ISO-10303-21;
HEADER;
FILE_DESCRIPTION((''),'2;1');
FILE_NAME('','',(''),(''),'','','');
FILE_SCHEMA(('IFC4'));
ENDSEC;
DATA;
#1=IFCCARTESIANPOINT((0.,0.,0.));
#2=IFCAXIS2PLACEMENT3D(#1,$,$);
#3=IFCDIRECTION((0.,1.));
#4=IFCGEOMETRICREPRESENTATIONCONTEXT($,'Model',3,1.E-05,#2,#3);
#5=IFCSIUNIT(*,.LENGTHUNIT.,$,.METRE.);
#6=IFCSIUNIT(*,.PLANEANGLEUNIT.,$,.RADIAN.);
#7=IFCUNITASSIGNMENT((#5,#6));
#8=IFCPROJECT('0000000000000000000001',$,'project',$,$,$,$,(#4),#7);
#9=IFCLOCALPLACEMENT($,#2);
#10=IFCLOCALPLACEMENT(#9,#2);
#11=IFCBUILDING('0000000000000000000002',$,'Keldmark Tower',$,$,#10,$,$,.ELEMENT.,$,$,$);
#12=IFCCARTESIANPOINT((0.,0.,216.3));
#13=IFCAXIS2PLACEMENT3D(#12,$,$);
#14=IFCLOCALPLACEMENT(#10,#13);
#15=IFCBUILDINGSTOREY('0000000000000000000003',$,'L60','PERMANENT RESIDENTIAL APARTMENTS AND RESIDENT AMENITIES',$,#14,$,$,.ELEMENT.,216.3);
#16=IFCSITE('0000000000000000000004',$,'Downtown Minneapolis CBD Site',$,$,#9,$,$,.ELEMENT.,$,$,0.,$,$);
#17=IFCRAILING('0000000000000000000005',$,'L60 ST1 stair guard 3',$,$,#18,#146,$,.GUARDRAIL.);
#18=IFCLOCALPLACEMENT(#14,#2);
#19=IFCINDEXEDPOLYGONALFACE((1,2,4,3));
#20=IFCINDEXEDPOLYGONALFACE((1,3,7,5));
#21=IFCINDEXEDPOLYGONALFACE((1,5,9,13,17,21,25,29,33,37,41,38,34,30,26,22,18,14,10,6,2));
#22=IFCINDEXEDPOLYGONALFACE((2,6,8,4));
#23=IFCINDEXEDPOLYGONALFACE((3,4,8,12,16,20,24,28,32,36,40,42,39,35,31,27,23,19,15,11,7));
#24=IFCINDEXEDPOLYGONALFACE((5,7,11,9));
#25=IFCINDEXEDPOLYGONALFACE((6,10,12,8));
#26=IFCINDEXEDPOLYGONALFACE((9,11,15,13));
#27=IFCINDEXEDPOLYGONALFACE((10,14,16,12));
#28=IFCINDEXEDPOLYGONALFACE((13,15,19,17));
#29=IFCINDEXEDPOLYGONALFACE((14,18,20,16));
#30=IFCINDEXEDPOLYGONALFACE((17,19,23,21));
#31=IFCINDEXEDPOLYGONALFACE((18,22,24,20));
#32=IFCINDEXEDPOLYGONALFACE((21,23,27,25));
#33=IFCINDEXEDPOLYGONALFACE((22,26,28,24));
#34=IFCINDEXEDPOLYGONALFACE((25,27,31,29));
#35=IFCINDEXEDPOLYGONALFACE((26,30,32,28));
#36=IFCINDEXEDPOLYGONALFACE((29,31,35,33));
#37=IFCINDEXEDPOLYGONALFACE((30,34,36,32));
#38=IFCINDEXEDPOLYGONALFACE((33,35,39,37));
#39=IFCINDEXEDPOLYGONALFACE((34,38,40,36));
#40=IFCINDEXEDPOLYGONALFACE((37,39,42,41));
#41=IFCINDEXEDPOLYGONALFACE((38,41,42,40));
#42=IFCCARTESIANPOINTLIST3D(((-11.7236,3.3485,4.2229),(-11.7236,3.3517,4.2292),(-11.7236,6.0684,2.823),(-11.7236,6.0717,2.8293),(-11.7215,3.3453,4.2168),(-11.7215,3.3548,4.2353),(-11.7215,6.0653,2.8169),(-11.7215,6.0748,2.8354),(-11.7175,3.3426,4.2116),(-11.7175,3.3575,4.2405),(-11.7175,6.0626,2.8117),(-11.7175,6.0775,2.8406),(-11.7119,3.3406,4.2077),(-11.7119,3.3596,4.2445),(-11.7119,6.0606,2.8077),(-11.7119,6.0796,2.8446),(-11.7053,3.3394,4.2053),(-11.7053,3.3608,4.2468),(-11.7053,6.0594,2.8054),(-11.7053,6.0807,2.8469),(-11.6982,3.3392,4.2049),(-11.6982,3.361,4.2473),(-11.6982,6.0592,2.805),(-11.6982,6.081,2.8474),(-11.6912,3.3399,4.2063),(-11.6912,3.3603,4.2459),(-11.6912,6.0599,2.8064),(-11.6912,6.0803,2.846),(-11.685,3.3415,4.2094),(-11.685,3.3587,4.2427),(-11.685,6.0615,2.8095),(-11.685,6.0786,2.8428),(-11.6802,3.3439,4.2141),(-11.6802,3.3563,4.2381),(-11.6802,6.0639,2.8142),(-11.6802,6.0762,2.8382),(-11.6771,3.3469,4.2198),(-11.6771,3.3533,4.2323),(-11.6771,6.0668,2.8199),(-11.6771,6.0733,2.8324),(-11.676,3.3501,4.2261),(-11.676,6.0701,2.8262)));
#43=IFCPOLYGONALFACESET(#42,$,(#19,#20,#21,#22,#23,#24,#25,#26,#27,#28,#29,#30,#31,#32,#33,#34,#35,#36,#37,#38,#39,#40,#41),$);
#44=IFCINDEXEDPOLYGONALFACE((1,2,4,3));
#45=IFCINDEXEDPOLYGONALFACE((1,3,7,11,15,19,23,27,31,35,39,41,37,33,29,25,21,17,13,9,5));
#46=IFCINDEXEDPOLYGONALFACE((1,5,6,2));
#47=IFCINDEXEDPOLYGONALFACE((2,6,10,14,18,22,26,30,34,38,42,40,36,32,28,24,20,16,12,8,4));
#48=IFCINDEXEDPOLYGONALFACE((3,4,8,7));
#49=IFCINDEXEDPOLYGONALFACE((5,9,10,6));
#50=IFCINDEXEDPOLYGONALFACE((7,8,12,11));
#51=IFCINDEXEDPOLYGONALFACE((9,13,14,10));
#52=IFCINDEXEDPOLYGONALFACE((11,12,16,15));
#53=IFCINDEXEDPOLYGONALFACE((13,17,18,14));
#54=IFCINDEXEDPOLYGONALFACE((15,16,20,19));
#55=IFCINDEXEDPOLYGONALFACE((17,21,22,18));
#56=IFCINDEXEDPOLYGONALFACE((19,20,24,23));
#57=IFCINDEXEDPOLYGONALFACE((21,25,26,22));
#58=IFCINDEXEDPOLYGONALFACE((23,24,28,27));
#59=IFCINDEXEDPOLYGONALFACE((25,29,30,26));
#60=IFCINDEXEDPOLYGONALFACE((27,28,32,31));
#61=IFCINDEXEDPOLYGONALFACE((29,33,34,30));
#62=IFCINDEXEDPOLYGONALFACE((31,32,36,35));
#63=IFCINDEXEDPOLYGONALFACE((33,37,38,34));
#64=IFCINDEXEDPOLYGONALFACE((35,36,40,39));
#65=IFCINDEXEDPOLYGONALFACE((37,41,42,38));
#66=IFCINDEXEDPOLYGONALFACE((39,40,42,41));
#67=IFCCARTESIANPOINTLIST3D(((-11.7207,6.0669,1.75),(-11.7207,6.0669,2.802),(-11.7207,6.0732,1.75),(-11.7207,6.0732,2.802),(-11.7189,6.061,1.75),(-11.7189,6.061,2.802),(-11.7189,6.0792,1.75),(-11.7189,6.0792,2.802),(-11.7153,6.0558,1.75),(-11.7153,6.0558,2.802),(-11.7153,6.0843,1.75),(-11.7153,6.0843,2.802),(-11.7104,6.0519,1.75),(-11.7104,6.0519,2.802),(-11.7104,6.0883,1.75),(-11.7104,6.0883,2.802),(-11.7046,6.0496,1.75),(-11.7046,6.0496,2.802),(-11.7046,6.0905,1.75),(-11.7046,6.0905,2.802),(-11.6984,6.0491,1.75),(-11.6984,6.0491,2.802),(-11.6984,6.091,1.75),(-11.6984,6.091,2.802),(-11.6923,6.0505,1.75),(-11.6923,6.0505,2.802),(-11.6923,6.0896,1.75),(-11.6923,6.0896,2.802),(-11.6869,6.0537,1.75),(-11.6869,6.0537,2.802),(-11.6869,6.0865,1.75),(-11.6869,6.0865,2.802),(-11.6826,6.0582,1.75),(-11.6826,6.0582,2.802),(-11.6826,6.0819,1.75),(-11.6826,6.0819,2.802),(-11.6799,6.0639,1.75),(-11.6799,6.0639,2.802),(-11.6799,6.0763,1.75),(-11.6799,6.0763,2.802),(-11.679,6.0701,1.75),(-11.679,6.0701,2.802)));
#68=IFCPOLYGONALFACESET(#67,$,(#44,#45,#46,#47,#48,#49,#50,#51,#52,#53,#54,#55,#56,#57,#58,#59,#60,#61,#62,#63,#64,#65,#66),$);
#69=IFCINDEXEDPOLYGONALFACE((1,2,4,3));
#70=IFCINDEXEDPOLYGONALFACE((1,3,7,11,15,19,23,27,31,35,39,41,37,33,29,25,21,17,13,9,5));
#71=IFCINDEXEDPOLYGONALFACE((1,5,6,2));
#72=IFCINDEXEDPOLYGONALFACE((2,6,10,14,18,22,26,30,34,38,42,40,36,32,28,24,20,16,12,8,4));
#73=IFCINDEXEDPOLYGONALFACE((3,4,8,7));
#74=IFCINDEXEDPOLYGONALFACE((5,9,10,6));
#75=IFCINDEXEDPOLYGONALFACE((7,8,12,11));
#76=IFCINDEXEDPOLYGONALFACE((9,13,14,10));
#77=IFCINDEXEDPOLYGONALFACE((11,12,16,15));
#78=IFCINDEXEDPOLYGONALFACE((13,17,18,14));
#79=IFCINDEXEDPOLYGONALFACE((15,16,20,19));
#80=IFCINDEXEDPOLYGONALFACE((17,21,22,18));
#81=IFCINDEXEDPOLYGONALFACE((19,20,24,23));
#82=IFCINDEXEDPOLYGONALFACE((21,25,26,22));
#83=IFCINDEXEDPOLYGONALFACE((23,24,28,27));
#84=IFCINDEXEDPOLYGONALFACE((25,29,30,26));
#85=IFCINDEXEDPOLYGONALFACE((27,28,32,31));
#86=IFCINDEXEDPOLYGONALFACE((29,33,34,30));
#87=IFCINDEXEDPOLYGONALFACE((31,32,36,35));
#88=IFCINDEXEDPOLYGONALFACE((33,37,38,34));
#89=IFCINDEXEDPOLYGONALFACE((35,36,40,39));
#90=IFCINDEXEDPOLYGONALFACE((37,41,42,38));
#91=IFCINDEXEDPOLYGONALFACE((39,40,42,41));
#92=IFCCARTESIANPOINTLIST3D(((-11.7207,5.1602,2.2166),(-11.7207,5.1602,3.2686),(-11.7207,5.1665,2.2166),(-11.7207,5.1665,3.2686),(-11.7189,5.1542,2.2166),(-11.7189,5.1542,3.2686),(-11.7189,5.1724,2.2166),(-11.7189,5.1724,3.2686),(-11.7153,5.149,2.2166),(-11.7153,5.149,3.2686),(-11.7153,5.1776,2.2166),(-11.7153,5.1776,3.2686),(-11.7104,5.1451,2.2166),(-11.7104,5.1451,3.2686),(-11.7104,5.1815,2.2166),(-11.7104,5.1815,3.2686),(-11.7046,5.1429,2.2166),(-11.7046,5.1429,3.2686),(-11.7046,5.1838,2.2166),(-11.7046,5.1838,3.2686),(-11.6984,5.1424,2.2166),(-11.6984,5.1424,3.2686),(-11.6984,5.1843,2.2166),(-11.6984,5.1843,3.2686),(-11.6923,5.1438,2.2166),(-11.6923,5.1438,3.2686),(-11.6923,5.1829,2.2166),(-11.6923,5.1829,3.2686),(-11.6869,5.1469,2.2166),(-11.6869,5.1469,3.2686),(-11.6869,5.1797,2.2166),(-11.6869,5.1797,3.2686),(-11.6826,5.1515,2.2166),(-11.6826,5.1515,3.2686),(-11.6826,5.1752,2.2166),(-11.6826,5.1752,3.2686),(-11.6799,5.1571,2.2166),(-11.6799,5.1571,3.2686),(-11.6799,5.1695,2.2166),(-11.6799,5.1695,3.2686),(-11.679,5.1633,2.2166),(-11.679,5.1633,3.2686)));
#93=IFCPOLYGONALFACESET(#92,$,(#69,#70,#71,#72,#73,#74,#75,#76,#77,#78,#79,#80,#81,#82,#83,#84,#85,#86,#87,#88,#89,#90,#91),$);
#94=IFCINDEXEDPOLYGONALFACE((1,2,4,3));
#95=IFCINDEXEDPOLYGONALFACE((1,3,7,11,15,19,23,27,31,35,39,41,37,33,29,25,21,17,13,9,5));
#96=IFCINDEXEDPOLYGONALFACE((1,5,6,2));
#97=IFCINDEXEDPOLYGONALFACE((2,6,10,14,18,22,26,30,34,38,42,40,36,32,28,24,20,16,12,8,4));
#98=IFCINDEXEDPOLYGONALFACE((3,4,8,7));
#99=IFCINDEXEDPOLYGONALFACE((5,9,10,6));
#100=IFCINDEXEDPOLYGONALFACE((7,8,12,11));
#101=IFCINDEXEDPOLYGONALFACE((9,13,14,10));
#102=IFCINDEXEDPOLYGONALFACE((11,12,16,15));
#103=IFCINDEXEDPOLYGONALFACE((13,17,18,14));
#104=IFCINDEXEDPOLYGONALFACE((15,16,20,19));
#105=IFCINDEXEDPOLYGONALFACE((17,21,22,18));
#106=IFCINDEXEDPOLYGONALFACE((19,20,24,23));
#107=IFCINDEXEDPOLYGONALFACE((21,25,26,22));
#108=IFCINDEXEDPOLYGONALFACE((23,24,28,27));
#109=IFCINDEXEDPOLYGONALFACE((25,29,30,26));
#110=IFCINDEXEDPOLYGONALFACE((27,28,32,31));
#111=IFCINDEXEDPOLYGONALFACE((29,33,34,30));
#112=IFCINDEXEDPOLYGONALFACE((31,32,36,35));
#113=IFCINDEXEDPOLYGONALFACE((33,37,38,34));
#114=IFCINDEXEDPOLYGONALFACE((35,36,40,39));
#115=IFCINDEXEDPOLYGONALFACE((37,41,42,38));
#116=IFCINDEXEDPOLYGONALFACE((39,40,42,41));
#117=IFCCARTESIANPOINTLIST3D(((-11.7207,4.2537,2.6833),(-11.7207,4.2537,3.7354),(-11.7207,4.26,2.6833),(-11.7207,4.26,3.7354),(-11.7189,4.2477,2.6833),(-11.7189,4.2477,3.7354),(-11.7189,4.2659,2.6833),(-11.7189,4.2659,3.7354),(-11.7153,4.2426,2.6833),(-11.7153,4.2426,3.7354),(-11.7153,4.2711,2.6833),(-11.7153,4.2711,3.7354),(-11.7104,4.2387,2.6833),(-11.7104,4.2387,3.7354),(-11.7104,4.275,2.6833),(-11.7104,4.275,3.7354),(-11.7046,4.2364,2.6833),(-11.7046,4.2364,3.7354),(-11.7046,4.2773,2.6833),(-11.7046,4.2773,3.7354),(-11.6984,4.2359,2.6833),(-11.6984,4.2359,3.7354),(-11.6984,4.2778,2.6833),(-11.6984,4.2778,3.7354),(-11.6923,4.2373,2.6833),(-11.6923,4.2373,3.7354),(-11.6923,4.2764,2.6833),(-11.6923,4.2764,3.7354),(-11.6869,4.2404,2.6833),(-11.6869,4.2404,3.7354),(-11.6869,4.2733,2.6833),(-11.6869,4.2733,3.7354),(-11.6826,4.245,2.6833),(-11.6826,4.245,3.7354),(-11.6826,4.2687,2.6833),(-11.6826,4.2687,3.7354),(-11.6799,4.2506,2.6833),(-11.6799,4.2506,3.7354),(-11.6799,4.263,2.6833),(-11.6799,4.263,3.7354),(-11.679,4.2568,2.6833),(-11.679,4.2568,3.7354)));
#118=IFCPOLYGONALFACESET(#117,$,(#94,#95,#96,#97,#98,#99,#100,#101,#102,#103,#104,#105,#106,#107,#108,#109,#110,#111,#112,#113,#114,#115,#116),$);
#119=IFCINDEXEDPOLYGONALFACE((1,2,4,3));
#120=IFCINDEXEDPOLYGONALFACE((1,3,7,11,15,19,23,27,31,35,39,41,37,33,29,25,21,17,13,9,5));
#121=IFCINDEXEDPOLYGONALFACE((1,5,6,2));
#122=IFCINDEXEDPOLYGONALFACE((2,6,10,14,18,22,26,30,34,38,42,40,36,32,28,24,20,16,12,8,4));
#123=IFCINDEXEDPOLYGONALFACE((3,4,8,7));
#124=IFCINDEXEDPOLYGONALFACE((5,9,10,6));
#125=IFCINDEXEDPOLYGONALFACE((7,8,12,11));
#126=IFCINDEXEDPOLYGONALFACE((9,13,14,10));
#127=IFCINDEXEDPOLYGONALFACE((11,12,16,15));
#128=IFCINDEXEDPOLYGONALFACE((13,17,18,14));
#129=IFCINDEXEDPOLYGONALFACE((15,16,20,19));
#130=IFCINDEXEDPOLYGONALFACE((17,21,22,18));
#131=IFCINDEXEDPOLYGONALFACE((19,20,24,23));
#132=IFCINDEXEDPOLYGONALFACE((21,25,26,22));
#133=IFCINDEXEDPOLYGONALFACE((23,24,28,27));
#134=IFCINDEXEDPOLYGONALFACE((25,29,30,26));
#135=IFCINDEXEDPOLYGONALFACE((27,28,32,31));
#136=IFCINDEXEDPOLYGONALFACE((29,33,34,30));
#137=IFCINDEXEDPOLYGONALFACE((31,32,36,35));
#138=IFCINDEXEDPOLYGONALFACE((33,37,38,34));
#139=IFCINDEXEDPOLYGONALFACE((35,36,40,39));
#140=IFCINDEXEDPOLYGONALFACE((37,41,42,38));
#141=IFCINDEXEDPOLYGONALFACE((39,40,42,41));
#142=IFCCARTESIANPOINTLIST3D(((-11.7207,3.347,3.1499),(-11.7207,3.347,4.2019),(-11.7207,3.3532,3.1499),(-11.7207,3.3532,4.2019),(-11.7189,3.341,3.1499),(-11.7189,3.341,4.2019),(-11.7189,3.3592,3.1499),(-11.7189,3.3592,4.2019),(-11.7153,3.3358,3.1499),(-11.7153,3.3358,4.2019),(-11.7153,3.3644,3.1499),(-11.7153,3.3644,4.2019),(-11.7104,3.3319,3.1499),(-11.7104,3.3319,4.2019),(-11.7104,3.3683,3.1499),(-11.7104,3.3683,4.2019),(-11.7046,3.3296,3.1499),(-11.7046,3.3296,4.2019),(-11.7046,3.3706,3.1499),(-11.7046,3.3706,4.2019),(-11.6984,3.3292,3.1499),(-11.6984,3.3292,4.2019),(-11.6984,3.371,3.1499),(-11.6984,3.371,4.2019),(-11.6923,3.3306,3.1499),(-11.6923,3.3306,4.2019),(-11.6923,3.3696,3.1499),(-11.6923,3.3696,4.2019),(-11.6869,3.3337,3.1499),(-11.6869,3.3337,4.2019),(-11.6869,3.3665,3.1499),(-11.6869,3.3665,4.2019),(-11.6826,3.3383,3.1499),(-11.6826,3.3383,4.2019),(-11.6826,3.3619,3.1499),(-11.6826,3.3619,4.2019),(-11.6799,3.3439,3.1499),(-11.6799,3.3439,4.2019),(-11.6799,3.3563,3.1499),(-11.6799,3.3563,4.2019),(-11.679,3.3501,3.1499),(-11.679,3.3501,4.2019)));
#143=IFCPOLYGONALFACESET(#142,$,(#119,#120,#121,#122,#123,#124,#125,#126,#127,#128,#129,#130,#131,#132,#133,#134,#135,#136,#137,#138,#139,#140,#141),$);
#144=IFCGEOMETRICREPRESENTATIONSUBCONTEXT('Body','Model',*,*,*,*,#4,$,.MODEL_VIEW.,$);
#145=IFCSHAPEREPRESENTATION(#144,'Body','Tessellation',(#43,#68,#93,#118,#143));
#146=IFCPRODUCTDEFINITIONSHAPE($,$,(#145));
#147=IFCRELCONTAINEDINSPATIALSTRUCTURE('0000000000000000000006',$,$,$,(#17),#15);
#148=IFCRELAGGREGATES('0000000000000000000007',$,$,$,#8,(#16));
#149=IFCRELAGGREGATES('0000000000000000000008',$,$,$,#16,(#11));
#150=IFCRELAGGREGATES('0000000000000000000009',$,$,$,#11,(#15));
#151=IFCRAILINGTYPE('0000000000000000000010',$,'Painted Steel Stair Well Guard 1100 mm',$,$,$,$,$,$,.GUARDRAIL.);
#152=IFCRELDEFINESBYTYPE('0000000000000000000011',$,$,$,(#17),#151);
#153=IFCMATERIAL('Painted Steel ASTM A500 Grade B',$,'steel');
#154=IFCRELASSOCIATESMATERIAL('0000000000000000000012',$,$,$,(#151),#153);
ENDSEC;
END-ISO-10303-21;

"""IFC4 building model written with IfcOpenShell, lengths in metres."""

from ifc_helpers import new_model, si_unit, direction, frame, origin, origin_2d, place, context, subcontext, project, spatial, circle, extrude, material, type_object, element, save


model = new_model("IFC4")

# Units and contexts
model_context = context("Model", 3, precision=1e-05, world=origin(), true_north=direction((0.0, 1.0)))
body_context = subcontext(model_context, "Body", "Model", "MODEL_VIEW")
ifc_project = project(units=[si_unit("LENGTHUNIT", "METRE"), si_unit("PLANEANGLEUNIT", "RADIAN")], contexts=[model_context])

# Site, building, storey
site_placement = place(None, origin())
site = spatial("IfcSite", under=ifc_project, at=site_placement, Name="Downtown Minneapolis CBD Site", CompositionType="ELEMENT", RefElevation=0.0)
building_placement = place(site_placement, origin())
building = spatial("IfcBuilding", under=site, at=building_placement, Name="Keldmark Tower", CompositionType="ELEMENT")
storey_placement = place(building_placement, frame((0.0, 0.0, 216.3)))
storey = spatial("IfcBuildingStorey", under=building, at=storey_placement, Name="L60", Description="PERMANENT RESIDENTIAL APARTMENTS AND RESIDENT AMENITIES", CompositionType="ELEMENT", Elevation=216.3)

# Railing
ifc_material_1 = material(Name="Painted Steel ASTM A500 Grade B", Category="steel")
railing_type_1 = type_object("IfcRailingType", Name="Painted Steel Stair Well Guard 1100 mm", PredefinedType="GUARDRAIL", material=ifc_material_1)
railing_1_placement = place(storey_placement, frame((-11.7, 6.0701, 1.75)))
element("IfcRailing", 1, at=railing_1_placement, inside=storey, type_object=railing_type_1, Name="L60 ST1 stair guard 3", PredefinedType="GUARDRAIL", context=body_context, shape_type="SweptSolid", body=[
    extrude(circle(Radius=0.0239, at=origin_2d()), frame((0.0, 0.0, 1.0762), z_axis=(0.0, -0.889147, 0.457622), x_axis=(1.0, 0.0, 0.0)), (0.0, 0.0, 1.0), 3.0591),
    extrude(circle(Radius=0.021, at=origin_2d()), origin(), (0.0, 0.0, 1.0), 1.052),
    extrude(circle(Radius=0.021, at=origin_2d()), frame((0.0, -0.9067, 0.4666)), (0.0, 0.0, 1.0), 1.052),
    extrude(circle(Radius=0.021, at=origin_2d()), frame((0.0, -1.8132, 0.9333)), (0.0, 0.0, 1.0), 1.052),
    extrude(circle(Radius=0.021, at=origin_2d()), frame((0.0, -2.72, 1.3999)), (0.0, 0.0, 1.0), 1.052),
])

save(model, "model.ifc")
